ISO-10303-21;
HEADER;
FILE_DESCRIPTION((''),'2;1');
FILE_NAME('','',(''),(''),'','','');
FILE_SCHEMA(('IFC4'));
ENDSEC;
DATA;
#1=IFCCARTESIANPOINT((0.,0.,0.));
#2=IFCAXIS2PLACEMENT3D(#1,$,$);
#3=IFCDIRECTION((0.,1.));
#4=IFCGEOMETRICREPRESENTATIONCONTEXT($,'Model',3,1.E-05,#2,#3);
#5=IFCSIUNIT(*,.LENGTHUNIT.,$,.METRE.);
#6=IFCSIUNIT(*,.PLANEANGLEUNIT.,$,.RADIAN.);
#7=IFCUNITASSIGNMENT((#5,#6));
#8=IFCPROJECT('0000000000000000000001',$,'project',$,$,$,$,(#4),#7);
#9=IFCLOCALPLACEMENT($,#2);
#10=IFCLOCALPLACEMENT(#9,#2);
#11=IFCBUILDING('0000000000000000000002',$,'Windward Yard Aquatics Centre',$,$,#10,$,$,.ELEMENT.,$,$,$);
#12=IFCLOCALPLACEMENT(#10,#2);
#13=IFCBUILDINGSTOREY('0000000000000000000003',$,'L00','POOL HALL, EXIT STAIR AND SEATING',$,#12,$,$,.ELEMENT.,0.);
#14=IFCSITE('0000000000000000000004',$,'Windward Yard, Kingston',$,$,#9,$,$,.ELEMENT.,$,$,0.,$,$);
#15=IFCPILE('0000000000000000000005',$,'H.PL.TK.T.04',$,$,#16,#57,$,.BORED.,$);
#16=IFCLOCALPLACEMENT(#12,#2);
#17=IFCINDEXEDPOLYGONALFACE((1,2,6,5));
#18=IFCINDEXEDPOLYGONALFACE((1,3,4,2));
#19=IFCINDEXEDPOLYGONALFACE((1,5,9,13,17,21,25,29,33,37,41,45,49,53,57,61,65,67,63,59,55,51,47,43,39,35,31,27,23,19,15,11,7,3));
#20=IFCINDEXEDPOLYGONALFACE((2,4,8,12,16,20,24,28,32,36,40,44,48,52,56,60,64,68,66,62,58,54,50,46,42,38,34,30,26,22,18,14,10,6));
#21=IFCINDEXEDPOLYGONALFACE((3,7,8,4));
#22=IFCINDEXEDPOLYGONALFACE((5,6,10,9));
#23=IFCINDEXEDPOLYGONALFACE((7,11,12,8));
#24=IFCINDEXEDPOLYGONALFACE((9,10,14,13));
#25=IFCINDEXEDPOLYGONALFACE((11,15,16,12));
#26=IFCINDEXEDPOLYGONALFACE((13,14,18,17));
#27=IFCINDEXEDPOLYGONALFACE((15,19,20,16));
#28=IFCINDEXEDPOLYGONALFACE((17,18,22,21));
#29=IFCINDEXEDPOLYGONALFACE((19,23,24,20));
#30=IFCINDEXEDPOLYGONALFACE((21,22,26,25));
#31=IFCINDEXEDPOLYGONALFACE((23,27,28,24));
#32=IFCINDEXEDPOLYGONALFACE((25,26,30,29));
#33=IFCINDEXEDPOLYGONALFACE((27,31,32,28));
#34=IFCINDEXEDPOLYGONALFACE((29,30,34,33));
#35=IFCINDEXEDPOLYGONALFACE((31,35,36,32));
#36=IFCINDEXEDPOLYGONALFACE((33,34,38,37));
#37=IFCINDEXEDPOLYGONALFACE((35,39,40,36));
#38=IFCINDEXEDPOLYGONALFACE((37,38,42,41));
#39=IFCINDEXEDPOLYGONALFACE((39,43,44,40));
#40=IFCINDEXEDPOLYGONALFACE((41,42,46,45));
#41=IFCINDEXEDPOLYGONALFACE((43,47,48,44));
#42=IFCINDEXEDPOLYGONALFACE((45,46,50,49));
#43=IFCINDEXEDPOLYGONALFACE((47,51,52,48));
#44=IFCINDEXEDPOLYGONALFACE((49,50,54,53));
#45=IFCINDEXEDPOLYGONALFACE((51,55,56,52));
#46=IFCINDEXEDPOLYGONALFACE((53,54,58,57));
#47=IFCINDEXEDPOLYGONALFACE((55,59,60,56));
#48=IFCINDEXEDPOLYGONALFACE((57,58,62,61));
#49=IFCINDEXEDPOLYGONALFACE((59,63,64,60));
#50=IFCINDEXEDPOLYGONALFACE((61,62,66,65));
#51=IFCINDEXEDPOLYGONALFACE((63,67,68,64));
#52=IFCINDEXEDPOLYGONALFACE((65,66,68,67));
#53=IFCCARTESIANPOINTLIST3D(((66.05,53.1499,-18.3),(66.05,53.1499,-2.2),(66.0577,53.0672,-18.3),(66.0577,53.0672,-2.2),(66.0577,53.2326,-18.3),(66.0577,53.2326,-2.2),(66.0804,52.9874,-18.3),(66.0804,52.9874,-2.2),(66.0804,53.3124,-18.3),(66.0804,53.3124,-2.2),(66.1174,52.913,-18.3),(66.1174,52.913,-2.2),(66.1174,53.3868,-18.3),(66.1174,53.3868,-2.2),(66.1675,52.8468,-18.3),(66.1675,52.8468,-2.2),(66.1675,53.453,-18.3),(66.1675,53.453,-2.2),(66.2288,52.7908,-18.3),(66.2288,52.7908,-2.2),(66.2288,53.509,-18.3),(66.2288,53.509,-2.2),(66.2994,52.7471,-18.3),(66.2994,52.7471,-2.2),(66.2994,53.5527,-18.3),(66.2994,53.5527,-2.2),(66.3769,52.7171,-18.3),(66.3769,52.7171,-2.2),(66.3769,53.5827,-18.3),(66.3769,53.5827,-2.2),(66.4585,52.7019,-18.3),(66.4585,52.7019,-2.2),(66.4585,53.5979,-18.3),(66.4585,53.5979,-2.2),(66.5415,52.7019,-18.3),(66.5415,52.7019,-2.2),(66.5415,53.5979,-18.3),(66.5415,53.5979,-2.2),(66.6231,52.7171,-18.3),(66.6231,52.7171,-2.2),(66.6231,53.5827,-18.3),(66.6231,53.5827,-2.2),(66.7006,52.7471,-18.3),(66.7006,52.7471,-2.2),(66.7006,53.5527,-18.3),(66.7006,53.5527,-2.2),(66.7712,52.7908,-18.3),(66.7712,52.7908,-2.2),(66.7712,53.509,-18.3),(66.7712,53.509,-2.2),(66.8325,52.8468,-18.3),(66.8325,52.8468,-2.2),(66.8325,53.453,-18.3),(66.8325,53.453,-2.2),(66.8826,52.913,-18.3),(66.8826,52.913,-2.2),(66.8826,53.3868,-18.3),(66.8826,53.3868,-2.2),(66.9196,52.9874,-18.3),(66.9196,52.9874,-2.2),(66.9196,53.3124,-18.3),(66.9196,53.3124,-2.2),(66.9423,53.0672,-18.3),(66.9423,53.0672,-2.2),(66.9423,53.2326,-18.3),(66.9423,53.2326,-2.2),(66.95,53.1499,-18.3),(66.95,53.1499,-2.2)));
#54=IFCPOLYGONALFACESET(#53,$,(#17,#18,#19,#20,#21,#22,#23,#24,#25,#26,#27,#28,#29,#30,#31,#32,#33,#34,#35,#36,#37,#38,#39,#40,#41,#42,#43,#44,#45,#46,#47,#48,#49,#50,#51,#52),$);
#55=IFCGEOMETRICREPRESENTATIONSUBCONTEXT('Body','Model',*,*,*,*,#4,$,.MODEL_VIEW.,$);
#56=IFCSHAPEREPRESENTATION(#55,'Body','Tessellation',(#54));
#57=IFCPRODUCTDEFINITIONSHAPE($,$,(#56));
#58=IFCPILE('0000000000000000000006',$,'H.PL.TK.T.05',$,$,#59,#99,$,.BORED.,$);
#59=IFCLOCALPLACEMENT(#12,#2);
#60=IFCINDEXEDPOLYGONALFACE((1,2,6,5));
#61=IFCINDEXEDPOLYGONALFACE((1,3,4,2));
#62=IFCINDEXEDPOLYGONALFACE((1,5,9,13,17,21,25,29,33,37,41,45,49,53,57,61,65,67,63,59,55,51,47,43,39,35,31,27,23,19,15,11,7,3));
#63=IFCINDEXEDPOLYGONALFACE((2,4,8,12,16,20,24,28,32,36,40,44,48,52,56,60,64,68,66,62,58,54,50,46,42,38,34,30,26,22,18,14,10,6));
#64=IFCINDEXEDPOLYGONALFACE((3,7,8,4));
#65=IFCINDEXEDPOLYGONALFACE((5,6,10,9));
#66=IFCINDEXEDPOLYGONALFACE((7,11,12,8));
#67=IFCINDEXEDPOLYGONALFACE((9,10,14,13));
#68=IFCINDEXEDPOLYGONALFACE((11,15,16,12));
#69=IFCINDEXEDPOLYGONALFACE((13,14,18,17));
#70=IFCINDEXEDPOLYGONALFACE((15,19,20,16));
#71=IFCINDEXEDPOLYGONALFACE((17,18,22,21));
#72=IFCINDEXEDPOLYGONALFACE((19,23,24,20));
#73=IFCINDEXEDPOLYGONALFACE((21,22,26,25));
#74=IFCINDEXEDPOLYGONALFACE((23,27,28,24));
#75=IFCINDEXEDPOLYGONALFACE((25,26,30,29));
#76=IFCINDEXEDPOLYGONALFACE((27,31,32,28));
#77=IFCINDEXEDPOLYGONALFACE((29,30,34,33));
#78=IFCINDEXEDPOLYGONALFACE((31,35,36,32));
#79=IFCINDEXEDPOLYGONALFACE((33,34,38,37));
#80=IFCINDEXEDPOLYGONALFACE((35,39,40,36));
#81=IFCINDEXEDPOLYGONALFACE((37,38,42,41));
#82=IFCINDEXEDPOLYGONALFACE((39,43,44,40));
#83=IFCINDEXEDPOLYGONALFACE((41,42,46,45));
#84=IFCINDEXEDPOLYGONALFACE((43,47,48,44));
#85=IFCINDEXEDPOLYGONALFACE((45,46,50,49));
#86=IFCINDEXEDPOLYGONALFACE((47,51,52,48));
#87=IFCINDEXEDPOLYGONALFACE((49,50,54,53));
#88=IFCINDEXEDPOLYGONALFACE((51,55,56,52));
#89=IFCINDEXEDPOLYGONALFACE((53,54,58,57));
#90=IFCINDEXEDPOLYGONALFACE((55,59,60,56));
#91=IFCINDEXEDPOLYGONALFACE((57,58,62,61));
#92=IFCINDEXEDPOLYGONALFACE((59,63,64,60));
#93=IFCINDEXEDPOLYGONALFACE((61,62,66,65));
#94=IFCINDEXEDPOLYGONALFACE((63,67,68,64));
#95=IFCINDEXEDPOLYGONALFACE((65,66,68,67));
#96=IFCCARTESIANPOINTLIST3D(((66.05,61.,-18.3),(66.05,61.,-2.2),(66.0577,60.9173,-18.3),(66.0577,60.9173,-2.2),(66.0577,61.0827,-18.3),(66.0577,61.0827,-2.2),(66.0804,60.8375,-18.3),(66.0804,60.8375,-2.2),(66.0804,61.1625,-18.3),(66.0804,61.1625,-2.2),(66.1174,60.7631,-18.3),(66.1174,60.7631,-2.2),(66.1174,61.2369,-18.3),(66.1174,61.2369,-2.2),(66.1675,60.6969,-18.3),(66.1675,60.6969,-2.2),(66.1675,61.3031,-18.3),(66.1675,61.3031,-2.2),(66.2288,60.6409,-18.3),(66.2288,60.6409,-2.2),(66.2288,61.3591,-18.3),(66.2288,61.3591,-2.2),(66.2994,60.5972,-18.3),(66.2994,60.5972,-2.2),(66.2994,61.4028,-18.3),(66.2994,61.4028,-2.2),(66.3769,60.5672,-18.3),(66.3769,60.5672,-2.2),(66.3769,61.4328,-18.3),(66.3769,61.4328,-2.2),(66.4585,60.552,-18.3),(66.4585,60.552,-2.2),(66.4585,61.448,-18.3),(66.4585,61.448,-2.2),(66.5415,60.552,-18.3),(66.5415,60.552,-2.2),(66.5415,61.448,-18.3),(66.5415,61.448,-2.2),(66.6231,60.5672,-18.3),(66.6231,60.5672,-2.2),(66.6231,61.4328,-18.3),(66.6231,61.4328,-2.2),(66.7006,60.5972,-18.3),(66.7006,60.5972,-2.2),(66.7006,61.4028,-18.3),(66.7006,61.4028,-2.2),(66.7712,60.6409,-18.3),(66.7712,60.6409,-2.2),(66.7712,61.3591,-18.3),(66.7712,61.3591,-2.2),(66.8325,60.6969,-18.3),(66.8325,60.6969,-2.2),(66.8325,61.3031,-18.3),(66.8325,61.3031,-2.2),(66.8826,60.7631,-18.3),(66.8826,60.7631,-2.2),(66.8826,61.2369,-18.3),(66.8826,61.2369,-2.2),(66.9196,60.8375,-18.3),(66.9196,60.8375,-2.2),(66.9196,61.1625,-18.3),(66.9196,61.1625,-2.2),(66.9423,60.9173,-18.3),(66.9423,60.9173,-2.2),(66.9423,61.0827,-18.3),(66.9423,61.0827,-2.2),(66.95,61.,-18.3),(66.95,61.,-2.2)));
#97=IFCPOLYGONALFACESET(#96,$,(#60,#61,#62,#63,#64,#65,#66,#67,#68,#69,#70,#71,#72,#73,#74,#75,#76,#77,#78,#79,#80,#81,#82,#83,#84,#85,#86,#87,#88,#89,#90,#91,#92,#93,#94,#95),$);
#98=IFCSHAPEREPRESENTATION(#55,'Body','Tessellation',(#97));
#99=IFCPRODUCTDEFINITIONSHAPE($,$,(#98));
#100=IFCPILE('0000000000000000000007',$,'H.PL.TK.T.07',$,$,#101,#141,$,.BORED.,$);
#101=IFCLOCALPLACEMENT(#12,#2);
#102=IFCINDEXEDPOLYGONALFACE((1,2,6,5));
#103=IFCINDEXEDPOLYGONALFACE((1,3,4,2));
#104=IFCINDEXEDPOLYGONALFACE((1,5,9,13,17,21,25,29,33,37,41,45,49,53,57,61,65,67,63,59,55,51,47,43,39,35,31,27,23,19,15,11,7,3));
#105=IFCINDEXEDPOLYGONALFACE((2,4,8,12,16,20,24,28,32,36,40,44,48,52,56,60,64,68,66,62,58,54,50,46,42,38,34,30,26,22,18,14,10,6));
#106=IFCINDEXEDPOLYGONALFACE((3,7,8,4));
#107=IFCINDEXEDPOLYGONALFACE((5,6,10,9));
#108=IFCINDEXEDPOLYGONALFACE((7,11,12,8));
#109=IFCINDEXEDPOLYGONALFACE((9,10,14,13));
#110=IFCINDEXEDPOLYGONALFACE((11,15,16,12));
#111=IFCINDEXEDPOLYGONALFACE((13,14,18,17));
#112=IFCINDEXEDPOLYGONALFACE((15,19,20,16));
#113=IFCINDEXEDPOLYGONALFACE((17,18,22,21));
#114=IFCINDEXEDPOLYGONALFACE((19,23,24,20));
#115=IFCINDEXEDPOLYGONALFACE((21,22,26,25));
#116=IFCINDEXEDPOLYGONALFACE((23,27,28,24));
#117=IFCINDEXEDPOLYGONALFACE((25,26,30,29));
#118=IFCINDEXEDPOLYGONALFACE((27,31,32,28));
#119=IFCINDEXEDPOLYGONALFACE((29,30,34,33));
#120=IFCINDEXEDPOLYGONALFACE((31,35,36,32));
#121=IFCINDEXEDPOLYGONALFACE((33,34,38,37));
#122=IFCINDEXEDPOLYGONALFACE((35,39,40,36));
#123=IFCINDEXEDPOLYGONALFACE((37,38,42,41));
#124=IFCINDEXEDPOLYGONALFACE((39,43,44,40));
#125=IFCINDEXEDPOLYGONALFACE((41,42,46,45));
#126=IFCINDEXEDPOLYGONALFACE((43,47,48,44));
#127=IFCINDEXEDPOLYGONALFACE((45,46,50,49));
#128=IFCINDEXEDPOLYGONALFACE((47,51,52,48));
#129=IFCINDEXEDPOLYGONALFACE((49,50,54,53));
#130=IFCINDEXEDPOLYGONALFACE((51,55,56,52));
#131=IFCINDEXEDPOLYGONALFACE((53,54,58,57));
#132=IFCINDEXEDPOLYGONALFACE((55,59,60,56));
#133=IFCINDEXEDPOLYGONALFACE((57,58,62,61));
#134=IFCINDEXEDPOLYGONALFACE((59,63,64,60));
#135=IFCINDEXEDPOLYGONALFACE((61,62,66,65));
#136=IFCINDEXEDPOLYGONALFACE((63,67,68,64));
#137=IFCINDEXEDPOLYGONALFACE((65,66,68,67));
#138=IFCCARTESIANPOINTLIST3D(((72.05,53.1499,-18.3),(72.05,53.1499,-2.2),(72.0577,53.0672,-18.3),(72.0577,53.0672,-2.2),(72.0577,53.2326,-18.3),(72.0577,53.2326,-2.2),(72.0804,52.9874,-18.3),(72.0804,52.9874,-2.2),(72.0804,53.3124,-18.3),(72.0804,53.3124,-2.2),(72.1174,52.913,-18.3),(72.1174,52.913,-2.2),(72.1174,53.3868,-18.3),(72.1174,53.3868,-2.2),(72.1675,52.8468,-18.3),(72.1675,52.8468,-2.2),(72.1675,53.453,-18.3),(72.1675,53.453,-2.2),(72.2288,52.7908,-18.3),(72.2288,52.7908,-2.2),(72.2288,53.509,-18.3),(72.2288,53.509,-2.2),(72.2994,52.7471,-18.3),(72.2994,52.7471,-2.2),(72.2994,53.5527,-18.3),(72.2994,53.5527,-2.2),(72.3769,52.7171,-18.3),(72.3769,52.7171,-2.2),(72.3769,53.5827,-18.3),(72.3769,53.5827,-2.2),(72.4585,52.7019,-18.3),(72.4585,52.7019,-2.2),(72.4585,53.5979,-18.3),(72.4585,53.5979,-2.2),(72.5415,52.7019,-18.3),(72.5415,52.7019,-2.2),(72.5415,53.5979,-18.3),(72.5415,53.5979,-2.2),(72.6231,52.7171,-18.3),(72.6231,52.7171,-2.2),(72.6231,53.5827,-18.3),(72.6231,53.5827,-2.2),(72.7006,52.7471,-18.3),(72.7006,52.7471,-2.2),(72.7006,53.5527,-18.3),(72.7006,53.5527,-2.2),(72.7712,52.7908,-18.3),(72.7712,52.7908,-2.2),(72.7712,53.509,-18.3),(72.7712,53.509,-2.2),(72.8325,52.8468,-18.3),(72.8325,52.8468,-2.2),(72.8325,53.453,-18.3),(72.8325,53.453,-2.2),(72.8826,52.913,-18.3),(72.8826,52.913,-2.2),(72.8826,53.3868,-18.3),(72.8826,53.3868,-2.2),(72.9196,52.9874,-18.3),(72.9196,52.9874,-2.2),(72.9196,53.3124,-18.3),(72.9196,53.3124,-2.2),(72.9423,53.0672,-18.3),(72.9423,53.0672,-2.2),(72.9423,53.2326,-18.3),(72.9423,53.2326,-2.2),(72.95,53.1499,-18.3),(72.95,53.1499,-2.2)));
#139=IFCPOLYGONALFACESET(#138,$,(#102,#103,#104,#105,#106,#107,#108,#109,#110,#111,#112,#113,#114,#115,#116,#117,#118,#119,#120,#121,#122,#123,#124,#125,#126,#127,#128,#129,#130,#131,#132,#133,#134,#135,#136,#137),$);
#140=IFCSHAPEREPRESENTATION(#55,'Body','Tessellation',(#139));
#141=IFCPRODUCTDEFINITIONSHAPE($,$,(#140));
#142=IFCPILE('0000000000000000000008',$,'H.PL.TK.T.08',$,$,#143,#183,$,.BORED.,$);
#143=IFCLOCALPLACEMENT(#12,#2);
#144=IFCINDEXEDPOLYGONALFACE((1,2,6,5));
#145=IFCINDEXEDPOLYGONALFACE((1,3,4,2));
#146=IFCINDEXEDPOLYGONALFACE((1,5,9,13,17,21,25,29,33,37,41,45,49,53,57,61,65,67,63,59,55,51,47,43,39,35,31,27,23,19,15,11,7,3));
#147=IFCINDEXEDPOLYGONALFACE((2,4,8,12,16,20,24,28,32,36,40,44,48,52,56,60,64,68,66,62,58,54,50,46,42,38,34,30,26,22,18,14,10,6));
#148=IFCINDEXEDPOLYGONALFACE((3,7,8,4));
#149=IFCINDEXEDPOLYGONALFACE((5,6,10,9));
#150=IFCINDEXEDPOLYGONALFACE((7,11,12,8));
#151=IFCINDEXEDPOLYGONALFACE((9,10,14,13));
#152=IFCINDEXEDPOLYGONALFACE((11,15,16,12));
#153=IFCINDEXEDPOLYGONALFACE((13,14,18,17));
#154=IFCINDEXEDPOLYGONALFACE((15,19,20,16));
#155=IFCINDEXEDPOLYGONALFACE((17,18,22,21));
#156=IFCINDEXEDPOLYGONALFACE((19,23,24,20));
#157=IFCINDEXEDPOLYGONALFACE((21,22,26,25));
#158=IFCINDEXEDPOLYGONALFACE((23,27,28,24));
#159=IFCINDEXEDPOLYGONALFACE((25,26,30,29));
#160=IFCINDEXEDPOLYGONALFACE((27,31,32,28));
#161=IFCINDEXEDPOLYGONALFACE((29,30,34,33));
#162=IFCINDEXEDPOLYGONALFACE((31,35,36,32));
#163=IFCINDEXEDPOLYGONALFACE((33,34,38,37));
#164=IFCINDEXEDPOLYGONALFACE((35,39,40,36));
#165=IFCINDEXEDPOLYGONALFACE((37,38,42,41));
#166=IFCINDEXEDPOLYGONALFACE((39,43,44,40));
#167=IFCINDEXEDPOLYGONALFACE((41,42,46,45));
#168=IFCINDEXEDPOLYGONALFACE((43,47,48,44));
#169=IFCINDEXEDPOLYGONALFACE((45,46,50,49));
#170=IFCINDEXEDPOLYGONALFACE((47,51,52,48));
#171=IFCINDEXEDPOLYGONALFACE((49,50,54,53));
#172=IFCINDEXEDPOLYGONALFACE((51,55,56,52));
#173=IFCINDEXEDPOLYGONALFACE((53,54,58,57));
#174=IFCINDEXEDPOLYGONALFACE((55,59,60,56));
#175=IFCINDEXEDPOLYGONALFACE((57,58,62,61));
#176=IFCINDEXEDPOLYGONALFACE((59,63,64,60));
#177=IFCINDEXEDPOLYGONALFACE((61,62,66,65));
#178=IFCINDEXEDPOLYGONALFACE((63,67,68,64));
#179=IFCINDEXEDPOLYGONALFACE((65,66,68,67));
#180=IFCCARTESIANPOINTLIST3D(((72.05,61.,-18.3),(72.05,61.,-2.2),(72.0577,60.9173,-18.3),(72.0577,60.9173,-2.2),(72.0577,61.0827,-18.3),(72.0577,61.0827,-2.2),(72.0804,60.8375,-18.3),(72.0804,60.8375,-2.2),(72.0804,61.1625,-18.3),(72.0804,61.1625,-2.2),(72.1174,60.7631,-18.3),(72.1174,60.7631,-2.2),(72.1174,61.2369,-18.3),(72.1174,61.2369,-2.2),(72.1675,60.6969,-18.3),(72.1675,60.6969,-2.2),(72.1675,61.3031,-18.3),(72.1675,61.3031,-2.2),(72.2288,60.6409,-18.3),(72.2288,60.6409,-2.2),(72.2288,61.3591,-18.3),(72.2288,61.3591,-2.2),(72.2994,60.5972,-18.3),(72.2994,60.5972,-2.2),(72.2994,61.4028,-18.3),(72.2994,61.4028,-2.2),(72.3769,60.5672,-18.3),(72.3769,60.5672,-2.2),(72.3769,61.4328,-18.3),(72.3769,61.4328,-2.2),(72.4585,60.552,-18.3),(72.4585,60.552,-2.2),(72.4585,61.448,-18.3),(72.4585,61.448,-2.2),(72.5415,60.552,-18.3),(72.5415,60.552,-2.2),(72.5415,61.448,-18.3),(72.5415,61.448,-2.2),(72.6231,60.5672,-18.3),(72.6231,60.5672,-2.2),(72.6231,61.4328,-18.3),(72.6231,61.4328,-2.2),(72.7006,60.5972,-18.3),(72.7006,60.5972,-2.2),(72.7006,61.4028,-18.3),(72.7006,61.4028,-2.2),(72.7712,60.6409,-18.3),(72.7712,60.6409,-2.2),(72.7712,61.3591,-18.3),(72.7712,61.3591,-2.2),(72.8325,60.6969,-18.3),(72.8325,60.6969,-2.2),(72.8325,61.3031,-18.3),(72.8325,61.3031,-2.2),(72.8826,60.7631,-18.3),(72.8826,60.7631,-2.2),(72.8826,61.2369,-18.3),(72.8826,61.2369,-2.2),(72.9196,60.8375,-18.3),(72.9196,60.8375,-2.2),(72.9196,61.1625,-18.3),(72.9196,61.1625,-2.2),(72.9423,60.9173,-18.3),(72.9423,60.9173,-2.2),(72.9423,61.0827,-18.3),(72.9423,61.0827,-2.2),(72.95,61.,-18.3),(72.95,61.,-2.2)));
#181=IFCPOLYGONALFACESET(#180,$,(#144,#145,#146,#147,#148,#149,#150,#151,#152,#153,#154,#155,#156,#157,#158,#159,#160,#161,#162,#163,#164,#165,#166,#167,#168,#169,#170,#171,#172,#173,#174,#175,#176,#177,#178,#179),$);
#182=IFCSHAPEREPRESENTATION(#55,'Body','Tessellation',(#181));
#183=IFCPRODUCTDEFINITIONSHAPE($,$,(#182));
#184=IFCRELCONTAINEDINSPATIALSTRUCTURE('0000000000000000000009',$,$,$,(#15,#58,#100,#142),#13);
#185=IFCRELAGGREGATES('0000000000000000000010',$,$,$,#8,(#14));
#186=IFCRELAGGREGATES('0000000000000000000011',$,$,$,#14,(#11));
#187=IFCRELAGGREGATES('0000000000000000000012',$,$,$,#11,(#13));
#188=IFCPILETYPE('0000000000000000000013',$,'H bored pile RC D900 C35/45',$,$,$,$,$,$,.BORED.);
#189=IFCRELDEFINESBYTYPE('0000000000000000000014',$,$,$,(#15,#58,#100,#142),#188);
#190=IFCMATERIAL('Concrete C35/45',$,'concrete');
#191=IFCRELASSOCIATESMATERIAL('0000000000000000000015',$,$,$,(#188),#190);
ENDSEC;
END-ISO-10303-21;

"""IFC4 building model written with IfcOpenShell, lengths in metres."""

from ifc_helpers import new_model, si_unit, direction, frame, origin, origin_2d, place, context, subcontext, project, spatial, circle, extrude, material, material_profile, profile_set, type_object, element, save


model = new_model("IFC4")

# Units and contexts
model_context = context("Model", 3, precision=1e-05, world=origin(), true_north=direction((0.0, 1.0)))
body_context = subcontext(model_context, "Body", "Model", "MODEL_VIEW")
ifc_project = project(units=[si_unit("LENGTHUNIT", "METRE"), si_unit("PLANEANGLEUNIT", "RADIAN")], contexts=[model_context])

# Site, building, storey
site_placement = place(None, origin())
site = spatial("IfcSite", under=ifc_project, at=site_placement, Name="Windward Yard, Kingston", CompositionType="ELEMENT", RefElevation=0.0)
building_placement = place(site_placement, origin())
building = spatial("IfcBuilding", under=site, at=building_placement, Name="Windward Yard Aquatics Centre", CompositionType="ELEMENT")
storey_placement = place(building_placement, origin())
storey = spatial("IfcBuildingStorey", under=building, at=storey_placement, Name="L00", Description="POOL HALL, EXIT STAIR AND SEATING", CompositionType="ELEMENT", Elevation=0.0)

# Piles
ifc_material_1 = material(Name="Concrete C35/45", Category="concrete")
ifc_material_profile_1 = material_profile(ifc_material_1, circle(Radius=0.45, at=origin_2d()), Name="RC D900")
ifc_profile_set_1 = profile_set([ifc_material_profile_1], Name="Concrete C35/45")
pile_type = type_object("IfcPileType", Name="H bored pile RC D900 C35/45", PredefinedType="BORED", material=ifc_profile_set_1)
for number, where, z_axis, x_axis, name in (
    (1, (66.5, 53.1499, -2.2), (0.0, 0.0, -1.0), (1.0, 0.0, 0.0), "H.PL.TK.T.04"),
    (2, (66.5, 61.0, -2.2), (0.0, 0.0, -1.0), (1.0, 0.0, 0.0), "H.PL.TK.T.05"),
    (3, (72.5, 53.1499, -2.2), (0.0, 0.0, -1.0), (1.0, 0.0, 0.0), "H.PL.TK.T.07"),
    (4, (72.5, 61.0, -2.2), (0.0, 0.0, -1.0), (1.0, 0.0, 0.0), "H.PL.TK.T.08"),
):
    element("IfcPile", number, at=place(storey_placement, frame(where, z_axis=z_axis, x_axis=x_axis)), inside=storey, type_object=pile_type, Name=name, PredefinedType="BORED", context=body_context, shape_type="SweptSolid", body=[
        extrude(circle(Radius=0.45, at=origin_2d()), origin(), (0.0, 0.0, 1.0), 16.1001),
    ])

save(model, "model.ifc")
